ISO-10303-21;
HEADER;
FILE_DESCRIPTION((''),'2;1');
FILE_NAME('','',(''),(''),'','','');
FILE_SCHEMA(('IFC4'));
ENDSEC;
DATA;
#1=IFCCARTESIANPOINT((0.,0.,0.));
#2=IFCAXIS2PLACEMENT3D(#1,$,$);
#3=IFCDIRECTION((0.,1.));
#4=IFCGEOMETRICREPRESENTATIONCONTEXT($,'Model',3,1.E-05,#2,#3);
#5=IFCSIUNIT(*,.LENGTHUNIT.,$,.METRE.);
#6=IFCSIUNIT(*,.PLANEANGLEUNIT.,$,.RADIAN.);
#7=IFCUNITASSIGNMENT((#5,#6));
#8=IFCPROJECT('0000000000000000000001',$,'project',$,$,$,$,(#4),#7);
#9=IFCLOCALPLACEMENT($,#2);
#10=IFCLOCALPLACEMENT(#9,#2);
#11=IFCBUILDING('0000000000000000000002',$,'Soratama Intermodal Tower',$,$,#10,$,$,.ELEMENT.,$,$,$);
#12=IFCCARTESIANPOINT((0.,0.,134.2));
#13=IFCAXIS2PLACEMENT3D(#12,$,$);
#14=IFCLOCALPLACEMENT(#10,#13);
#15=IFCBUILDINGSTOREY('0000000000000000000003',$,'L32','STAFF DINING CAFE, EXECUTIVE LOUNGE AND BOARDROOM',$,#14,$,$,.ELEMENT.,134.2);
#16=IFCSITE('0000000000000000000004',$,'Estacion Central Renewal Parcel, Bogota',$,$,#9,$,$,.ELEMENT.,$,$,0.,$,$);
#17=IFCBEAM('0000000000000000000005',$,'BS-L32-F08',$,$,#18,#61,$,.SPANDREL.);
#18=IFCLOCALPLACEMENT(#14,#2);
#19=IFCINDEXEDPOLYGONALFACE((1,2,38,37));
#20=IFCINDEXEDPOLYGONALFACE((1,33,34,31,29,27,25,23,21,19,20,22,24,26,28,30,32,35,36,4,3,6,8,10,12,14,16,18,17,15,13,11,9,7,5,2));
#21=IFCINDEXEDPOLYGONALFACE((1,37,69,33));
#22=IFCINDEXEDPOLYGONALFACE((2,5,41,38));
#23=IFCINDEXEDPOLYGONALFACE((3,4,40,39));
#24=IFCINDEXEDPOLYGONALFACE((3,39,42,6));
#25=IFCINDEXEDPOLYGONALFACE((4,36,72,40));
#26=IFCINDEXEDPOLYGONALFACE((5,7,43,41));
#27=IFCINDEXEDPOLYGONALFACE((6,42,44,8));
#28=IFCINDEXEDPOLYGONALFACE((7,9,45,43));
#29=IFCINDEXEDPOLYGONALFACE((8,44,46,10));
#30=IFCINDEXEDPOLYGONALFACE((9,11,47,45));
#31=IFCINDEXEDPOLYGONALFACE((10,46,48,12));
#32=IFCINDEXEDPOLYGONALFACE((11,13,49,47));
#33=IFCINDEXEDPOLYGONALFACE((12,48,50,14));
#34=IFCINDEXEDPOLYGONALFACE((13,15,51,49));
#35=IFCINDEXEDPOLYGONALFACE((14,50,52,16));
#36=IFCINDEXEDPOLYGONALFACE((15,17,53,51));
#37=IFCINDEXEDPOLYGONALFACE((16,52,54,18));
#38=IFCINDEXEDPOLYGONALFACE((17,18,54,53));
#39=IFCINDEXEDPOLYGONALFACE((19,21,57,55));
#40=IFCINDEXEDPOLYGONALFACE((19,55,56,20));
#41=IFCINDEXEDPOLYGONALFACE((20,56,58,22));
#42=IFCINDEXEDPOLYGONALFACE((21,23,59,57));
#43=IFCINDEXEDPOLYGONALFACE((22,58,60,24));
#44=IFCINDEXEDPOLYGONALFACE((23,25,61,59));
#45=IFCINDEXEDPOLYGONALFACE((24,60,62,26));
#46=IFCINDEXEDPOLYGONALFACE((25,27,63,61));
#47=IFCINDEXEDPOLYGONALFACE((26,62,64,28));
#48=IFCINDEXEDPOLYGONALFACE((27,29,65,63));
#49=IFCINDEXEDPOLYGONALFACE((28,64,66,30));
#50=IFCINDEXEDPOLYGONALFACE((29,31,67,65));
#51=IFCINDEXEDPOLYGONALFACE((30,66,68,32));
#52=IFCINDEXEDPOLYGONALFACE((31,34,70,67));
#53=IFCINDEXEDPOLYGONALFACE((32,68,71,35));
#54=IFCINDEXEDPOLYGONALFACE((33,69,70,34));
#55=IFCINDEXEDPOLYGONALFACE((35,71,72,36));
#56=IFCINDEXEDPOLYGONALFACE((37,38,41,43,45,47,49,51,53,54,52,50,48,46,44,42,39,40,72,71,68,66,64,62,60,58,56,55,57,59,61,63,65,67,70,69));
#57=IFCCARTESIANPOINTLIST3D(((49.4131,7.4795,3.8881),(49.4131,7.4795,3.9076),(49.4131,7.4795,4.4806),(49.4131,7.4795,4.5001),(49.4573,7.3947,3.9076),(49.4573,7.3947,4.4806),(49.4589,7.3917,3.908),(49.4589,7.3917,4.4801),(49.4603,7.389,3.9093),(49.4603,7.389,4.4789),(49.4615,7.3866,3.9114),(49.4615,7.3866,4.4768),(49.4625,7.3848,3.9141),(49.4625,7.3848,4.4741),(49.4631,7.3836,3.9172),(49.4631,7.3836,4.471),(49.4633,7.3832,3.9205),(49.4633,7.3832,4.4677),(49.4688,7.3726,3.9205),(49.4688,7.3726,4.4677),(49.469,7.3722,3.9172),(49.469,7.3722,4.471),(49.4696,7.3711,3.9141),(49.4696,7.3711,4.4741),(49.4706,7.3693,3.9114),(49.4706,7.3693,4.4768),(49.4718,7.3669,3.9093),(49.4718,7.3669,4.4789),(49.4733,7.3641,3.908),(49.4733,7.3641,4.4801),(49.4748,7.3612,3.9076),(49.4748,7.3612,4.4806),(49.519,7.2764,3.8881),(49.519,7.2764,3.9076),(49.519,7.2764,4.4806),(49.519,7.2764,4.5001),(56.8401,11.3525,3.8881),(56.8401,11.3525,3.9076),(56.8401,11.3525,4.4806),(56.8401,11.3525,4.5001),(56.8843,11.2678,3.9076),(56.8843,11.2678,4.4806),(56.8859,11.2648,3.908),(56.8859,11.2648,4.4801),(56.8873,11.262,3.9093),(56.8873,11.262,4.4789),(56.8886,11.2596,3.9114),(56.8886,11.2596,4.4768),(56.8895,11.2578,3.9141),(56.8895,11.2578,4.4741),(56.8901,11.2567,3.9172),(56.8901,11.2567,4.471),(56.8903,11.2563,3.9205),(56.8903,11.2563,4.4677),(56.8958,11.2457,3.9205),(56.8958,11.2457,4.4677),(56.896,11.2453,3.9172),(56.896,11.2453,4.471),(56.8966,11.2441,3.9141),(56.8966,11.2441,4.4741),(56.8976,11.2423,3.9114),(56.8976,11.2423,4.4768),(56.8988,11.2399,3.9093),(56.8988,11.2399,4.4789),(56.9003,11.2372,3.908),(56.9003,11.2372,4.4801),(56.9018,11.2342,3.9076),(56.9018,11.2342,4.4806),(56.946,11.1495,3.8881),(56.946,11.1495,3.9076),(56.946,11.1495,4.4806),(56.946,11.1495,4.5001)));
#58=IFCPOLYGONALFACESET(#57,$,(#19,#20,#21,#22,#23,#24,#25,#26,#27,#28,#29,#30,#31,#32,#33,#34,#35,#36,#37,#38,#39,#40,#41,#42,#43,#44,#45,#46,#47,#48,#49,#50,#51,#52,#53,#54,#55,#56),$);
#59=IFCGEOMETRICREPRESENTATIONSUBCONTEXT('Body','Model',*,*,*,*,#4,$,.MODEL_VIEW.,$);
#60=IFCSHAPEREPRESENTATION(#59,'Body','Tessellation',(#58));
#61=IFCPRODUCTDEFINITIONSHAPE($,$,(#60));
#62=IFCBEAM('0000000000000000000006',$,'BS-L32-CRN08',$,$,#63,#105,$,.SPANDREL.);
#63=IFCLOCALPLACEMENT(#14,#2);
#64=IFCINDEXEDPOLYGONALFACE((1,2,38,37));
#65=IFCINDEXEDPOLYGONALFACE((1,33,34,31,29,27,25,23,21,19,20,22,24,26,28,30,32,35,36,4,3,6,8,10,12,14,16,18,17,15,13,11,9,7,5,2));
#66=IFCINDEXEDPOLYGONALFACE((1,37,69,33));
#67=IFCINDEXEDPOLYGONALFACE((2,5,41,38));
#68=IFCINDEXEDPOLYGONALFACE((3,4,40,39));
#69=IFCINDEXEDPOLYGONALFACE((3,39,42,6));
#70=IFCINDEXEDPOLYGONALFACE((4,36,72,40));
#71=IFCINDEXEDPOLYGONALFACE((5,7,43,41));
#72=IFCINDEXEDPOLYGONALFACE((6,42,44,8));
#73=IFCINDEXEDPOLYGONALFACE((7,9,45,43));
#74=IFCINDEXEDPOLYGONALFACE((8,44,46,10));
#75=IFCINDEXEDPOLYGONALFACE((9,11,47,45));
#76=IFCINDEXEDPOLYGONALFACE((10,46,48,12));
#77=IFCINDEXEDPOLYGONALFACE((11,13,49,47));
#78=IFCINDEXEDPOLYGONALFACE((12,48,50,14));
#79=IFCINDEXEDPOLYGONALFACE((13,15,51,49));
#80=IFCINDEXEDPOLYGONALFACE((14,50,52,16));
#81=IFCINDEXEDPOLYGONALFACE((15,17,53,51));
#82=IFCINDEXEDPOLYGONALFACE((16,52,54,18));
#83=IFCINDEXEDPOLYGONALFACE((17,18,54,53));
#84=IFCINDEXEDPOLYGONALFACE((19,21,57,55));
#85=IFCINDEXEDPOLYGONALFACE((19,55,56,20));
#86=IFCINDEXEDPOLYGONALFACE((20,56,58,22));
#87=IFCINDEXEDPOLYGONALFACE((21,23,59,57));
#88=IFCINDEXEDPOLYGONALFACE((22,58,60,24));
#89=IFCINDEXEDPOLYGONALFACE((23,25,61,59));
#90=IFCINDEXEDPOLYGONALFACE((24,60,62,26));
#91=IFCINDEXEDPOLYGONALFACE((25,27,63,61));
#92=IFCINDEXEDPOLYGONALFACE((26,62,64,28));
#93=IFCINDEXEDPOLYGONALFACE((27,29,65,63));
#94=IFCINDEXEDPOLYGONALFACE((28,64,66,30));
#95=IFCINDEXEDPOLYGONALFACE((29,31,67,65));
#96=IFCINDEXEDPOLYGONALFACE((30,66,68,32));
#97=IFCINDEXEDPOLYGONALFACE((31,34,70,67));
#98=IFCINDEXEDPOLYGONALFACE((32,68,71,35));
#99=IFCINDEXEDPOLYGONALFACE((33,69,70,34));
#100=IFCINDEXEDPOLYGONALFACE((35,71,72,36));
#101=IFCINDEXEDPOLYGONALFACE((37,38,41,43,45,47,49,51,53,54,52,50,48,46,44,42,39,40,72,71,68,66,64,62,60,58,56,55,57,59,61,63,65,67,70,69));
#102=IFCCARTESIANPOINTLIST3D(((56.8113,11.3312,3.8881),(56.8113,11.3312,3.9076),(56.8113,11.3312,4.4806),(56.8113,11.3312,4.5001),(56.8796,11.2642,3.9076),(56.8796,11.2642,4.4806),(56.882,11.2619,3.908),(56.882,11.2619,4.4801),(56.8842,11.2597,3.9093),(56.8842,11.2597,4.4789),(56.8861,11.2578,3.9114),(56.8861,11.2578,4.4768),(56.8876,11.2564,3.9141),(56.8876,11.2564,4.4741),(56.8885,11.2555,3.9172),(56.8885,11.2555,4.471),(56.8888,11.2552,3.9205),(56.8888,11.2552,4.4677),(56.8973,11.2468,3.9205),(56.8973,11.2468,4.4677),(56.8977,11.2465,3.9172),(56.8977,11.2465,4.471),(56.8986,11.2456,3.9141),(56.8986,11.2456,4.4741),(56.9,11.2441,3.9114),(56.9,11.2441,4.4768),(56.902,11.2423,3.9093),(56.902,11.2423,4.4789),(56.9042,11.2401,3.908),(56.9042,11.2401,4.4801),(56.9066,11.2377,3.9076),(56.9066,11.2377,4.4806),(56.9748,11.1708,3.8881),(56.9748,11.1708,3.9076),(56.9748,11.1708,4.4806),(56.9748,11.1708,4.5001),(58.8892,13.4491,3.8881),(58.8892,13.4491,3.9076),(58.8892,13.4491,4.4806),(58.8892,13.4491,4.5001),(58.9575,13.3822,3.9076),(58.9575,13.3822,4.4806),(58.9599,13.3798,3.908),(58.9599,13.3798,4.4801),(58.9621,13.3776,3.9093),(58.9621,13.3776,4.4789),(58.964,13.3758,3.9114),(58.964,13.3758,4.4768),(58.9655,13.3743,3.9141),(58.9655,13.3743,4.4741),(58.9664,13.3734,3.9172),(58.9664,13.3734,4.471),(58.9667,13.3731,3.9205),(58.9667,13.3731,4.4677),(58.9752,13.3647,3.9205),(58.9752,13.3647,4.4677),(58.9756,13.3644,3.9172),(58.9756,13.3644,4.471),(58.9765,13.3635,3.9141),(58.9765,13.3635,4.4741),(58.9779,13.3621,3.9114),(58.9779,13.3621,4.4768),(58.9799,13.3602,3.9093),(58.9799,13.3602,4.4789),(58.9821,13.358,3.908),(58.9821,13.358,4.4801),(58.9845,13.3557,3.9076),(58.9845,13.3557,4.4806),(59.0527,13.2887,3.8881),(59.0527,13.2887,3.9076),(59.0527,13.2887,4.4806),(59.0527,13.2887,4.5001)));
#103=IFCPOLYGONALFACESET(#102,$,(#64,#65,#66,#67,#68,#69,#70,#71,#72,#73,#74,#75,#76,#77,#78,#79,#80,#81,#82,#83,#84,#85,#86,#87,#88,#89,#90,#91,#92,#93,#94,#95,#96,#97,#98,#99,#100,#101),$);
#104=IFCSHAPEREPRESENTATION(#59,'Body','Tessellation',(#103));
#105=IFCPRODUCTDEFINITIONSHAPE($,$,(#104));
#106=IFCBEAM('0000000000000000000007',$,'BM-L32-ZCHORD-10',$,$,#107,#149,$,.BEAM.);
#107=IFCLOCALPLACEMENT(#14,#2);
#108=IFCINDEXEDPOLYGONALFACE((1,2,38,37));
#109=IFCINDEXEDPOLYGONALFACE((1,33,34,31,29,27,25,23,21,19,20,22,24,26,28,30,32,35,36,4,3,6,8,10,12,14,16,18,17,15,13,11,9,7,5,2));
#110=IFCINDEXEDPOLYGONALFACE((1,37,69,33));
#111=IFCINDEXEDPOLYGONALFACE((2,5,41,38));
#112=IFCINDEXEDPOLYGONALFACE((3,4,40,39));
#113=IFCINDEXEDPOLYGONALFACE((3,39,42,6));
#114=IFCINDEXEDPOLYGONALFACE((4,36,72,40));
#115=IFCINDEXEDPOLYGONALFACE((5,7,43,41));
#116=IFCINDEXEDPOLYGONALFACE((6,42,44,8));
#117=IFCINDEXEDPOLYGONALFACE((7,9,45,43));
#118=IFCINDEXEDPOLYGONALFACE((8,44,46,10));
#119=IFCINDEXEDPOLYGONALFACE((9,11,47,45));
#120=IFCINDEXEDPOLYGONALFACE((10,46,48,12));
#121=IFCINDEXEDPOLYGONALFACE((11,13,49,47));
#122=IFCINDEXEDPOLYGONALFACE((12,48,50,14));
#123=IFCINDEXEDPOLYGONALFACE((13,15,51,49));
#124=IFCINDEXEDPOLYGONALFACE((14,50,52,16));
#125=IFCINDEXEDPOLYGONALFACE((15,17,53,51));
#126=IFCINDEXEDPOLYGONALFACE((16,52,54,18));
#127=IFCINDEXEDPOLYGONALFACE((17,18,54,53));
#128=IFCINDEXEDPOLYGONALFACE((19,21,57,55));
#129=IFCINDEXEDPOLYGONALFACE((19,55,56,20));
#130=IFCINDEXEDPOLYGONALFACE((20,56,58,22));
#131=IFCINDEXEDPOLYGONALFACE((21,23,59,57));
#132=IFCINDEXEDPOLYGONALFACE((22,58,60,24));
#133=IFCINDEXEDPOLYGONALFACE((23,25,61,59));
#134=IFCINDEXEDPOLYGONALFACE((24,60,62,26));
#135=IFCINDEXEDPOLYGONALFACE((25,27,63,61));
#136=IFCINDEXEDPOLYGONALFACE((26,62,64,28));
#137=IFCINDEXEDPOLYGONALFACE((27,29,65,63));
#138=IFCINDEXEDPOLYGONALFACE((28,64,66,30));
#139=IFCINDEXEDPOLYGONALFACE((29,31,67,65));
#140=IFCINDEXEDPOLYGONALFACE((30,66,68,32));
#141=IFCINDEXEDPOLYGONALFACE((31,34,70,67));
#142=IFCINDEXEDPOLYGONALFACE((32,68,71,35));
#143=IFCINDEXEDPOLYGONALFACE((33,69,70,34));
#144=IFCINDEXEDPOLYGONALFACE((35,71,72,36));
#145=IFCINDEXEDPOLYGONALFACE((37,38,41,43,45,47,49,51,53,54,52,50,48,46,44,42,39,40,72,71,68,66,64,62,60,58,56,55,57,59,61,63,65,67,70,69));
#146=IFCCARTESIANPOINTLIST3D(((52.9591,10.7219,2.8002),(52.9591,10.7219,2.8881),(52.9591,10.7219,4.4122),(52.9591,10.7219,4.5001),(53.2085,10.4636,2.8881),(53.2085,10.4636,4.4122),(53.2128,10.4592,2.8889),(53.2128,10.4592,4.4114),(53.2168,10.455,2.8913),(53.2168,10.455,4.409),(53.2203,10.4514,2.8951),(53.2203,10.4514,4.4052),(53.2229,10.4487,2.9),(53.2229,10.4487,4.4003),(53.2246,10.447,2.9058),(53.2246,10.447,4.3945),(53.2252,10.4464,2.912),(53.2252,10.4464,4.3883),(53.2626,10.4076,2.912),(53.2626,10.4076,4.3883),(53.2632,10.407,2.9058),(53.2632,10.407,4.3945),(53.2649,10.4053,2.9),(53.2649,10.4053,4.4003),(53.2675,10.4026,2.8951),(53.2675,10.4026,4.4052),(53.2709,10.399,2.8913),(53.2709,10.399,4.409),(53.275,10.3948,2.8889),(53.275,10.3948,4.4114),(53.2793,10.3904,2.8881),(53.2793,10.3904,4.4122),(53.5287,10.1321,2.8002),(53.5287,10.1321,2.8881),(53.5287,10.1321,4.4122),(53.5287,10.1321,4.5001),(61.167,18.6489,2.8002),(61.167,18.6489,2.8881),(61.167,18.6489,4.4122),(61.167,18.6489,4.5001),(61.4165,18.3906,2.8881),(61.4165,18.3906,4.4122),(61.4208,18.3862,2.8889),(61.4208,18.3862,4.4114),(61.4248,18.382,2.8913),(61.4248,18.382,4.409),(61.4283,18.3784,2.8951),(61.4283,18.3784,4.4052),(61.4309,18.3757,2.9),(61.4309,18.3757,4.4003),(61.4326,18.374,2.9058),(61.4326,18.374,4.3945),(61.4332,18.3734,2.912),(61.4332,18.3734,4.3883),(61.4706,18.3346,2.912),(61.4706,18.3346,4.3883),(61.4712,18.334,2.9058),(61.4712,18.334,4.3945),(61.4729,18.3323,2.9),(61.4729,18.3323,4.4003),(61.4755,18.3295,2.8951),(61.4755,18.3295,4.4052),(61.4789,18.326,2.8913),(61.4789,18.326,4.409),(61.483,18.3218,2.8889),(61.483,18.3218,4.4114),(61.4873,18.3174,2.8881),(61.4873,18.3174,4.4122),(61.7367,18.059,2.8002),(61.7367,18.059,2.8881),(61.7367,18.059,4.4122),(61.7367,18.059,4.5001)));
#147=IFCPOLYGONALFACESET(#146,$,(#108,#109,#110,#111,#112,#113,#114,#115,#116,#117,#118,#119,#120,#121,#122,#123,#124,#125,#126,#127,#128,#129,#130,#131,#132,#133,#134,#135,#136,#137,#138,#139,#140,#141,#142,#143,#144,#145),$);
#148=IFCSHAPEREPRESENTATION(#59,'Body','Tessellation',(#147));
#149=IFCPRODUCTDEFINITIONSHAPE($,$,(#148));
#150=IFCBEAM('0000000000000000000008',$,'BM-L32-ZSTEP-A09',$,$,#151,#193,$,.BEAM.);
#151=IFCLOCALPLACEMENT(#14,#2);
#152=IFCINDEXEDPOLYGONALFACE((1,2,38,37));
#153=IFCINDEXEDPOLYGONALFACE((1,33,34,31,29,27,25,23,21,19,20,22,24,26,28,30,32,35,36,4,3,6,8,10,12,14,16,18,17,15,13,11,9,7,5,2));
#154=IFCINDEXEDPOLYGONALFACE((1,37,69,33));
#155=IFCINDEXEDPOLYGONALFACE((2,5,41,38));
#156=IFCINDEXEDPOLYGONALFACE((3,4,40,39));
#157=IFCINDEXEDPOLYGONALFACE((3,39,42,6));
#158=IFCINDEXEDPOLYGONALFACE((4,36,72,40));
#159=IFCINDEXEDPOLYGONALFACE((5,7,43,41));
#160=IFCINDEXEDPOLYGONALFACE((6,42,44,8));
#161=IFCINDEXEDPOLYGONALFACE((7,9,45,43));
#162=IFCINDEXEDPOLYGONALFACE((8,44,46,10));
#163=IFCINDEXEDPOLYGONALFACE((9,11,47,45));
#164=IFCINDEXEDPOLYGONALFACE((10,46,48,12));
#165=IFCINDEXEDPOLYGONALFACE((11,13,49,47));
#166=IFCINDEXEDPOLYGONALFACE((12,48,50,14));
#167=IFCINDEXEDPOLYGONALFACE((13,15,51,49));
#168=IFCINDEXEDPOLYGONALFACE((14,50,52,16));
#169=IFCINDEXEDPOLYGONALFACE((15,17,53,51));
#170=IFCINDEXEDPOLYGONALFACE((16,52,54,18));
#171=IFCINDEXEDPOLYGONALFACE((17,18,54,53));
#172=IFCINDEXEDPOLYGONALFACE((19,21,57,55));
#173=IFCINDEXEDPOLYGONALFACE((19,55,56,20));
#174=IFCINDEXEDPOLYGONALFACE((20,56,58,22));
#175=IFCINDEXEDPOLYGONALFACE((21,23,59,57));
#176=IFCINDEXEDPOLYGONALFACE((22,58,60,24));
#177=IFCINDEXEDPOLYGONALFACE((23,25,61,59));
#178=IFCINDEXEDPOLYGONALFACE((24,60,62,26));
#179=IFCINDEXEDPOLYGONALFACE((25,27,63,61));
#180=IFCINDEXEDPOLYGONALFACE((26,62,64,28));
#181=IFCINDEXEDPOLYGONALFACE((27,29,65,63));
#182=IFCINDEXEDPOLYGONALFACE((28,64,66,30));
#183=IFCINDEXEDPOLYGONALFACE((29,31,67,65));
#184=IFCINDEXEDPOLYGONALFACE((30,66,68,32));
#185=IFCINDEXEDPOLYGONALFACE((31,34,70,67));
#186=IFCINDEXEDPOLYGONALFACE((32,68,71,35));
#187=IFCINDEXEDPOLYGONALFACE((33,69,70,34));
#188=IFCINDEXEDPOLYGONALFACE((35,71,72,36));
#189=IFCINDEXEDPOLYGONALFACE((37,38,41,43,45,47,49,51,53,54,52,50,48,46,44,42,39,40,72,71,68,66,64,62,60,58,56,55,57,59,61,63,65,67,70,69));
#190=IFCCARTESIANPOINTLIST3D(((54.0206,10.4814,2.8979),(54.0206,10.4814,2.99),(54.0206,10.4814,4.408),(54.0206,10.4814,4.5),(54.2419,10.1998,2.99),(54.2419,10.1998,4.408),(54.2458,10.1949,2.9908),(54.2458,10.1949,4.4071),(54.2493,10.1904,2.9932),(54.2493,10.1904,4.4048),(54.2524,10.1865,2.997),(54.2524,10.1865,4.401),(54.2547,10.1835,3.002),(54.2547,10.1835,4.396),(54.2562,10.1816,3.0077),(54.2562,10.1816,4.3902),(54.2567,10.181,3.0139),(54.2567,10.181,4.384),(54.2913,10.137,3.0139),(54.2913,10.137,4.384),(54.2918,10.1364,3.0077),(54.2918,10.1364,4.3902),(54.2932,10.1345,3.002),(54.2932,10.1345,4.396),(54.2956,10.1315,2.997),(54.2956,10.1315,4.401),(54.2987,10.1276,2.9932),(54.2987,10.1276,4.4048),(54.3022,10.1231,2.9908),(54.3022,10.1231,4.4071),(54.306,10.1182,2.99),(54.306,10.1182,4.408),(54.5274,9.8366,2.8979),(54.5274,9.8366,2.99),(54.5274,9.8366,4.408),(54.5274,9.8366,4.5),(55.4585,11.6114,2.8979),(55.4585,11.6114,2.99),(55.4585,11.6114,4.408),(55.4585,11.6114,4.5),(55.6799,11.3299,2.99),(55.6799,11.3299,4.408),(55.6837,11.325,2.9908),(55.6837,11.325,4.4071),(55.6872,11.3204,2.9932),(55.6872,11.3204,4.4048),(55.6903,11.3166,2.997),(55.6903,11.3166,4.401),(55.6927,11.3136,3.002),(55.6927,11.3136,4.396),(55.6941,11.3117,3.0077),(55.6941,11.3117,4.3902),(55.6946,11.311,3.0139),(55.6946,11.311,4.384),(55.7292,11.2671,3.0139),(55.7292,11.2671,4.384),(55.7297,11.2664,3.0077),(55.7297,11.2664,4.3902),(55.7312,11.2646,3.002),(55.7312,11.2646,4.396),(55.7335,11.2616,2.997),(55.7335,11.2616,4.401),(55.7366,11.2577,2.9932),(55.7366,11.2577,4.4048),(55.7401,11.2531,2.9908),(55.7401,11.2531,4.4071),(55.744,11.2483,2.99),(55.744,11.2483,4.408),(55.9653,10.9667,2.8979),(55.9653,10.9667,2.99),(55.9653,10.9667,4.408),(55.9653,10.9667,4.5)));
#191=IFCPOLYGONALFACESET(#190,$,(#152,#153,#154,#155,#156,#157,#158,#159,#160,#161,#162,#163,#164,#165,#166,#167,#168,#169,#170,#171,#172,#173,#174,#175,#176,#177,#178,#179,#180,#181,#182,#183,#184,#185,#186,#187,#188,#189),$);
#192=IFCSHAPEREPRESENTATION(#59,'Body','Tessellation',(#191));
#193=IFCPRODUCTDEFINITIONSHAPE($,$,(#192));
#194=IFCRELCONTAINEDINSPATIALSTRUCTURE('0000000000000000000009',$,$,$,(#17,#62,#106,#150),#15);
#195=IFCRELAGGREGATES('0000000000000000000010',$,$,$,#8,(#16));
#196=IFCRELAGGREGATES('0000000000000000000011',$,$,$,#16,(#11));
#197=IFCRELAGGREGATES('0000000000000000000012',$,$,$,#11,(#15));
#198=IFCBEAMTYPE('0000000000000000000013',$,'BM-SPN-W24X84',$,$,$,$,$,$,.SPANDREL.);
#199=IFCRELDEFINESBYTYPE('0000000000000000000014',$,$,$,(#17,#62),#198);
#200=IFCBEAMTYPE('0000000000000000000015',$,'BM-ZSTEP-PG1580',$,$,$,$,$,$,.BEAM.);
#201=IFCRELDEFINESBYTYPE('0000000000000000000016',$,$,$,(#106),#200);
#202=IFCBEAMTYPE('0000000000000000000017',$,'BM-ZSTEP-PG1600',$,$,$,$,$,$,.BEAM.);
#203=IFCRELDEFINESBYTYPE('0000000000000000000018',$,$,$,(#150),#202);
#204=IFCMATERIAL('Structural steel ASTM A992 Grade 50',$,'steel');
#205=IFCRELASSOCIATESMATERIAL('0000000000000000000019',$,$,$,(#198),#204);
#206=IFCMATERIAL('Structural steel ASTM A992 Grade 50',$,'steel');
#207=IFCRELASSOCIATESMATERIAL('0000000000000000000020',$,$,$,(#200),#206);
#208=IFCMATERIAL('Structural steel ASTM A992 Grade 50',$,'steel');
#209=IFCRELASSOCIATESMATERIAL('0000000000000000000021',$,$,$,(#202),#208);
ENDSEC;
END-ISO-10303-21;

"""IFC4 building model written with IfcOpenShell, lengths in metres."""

from ifc_helpers import new_model, si_unit, direction, frame, origin, origin_2d, place, context, subcontext, project, spatial, i_section, extrude, material, material_profile, profile_set, type_object, element, save


model = new_model("IFC4")

# Units and contexts
model_context = context("Model", 3, precision=1e-05, world=origin(), true_north=direction((0.0, 1.0)))
body_context = subcontext(model_context, "Body", "Model", "MODEL_VIEW")
ifc_project = project(units=[si_unit("LENGTHUNIT", "METRE"), si_unit("PLANEANGLEUNIT", "RADIAN")], contexts=[model_context])

# Site, building, storey
site_placement = place(None, origin())
site = spatial("IfcSite", under=ifc_project, at=site_placement, Name="Estacion Central Renewal Parcel, Bogota", CompositionType="ELEMENT", RefElevation=0.0)
building_placement = place(site_placement, origin())
building = spatial("IfcBuilding", under=site, at=building_placement, Name="Soratama Intermodal Tower", CompositionType="ELEMENT")
storey_placement = place(building_placement, frame((0.0, 0.0, 134.2)))
storey = spatial("IfcBuildingStorey", under=building, at=storey_placement, Name="L32", Description="STAFF DINING CAFE, EXECUTIVE LOUNGE AND BOARDROOM", CompositionType="ELEMENT", Elevation=134.2)

# Beams
ifc_material_1 = material(Name="Structural steel ASTM A992 Grade 50", Category="steel")
ifc_material_profile_1 = material_profile(ifc_material_1, i_section(OverallWidth=0.229, OverallDepth=0.6121, WebThickness=0.012, FlangeThickness=0.0195, FilletRadius=0.0129, at=origin_2d()), Name="W24X84")
ifc_profile_set_1 = profile_set([ifc_material_profile_1], Name="Structural steel ASTM A992 Grade 50")
beam_type_1 = type_object("IfcBeamType", Name="BM-SPN-W24X84", PredefinedType="SPANDREL", material=ifc_profile_set_1)
beam_1_placement = place(storey_placement, frame((49.4661, 7.3779, 4.1941), z_axis=(0.886678, 0.462387, 0.0), x_axis=(-0.462387, 0.886678, 0.0)))
element("IfcBeam", 1, at=beam_1_placement, inside=storey, type_object=beam_type_1, Name="BS-L32-F08", PredefinedType="SPANDREL", context=body_context, shape_type="SweptSolid", body=[
    extrude(i_section(OverallWidth=0.229, OverallDepth=0.6121, WebThickness=0.012, FlangeThickness=0.0195, FilletRadius=0.0129, at=origin_2d()), origin(), (0.0, 0.0, 1.0), 8.3762),
])
beam_2_placement = place(storey_placement, frame((56.8931, 11.251, 4.1941), z_axis=(0.700327, 0.713822, 0.0), x_axis=(-0.713822, 0.700327, 0.0)))
element("IfcBeam", 2, at=beam_2_placement, inside=storey, type_object=beam_type_1, Name="BS-L32-CRN08", PredefinedType="SPANDREL", context=body_context, shape_type="SweptSolid", body=[
    extrude(i_section(OverallWidth=0.229, OverallDepth=0.6121, WebThickness=0.012, FlangeThickness=0.0195, FilletRadius=0.0129, at=origin_2d()), origin(), (0.0, 0.0, 1.0), 2.967),
])
ifc_material_2 = material(Name="Structural steel ASTM A992 Grade 50", Category="steel")
ifc_material_profile_2 = material_profile(ifc_material_2, i_section(OverallWidth=0.8201, OverallDepth=1.7, WebThickness=0.054, FlangeThickness=0.0879, FilletRadius=0.0239, at=origin_2d()), Name="PG1580X800")
ifc_profile_set_2 = profile_set([ifc_material_profile_2], Name="Structural steel ASTM A992 Grade 50")
beam_type_2 = type_object("IfcBeamType", Name="BM-ZSTEP-PG1580", PredefinedType="BEAM", material=ifc_profile_set_2)
beam_3_placement = place(storey_placement, frame((53.2439, 10.427, 3.6501), z_axis=(0.719313, 0.694687, 0.0), x_axis=(-0.694687, 0.719313, 0.0)))
element("IfcBeam", 3, at=beam_3_placement, inside=storey, type_object=beam_type_2, Name="BM-L32-ZCHORD-10", PredefinedType="BEAM", context=body_context, shape_type="SweptSolid", body=[
    extrude(i_section(OverallWidth=0.8201, OverallDepth=1.7, WebThickness=0.054, FlangeThickness=0.0879, FilletRadius=0.0239, at=origin_2d()), origin(), (0.0, 0.0, 1.0), 11.4109),
])
ifc_material_3 = material(Name="Structural steel ASTM A992 Grade 50", Category="steel")
ifc_material_profile_3 = material_profile(ifc_material_3, i_section(OverallWidth=0.8201, OverallDepth=1.6021, WebThickness=0.0559, FlangeThickness=0.092, FilletRadius=0.0239, at=origin_2d()), Name="PG1600X650")
ifc_profile_set_3 = profile_set([ifc_material_profile_3], Name="Structural steel ASTM A992 Grade 50")
beam_type_3 = type_object("IfcBeamType", Name="BM-ZSTEP-PG1600", PredefinedType="BEAM", material=ifc_profile_set_3)
beam_4_placement = place(storey_placement, frame((55.7119, 11.2891, 3.699), z_axis=(-0.786244, -0.617916, 0.0), x_axis=(0.617916, -0.786244, 0.0)))
element("IfcBeam", 4, at=beam_4_placement, inside=storey, type_object=beam_type_3, Name="BM-L32-ZSTEP-A09", PredefinedType="BEAM", context=body_context, shape_type="SweptSolid", body=[
    extrude(i_section(OverallWidth=0.8201, OverallDepth=1.6021, WebThickness=0.0559, FlangeThickness=0.092, FilletRadius=0.0239, at=origin_2d()), origin(), (0.0, 0.0, 1.0), 1.8289),
])

save(model, "model.ifc")
